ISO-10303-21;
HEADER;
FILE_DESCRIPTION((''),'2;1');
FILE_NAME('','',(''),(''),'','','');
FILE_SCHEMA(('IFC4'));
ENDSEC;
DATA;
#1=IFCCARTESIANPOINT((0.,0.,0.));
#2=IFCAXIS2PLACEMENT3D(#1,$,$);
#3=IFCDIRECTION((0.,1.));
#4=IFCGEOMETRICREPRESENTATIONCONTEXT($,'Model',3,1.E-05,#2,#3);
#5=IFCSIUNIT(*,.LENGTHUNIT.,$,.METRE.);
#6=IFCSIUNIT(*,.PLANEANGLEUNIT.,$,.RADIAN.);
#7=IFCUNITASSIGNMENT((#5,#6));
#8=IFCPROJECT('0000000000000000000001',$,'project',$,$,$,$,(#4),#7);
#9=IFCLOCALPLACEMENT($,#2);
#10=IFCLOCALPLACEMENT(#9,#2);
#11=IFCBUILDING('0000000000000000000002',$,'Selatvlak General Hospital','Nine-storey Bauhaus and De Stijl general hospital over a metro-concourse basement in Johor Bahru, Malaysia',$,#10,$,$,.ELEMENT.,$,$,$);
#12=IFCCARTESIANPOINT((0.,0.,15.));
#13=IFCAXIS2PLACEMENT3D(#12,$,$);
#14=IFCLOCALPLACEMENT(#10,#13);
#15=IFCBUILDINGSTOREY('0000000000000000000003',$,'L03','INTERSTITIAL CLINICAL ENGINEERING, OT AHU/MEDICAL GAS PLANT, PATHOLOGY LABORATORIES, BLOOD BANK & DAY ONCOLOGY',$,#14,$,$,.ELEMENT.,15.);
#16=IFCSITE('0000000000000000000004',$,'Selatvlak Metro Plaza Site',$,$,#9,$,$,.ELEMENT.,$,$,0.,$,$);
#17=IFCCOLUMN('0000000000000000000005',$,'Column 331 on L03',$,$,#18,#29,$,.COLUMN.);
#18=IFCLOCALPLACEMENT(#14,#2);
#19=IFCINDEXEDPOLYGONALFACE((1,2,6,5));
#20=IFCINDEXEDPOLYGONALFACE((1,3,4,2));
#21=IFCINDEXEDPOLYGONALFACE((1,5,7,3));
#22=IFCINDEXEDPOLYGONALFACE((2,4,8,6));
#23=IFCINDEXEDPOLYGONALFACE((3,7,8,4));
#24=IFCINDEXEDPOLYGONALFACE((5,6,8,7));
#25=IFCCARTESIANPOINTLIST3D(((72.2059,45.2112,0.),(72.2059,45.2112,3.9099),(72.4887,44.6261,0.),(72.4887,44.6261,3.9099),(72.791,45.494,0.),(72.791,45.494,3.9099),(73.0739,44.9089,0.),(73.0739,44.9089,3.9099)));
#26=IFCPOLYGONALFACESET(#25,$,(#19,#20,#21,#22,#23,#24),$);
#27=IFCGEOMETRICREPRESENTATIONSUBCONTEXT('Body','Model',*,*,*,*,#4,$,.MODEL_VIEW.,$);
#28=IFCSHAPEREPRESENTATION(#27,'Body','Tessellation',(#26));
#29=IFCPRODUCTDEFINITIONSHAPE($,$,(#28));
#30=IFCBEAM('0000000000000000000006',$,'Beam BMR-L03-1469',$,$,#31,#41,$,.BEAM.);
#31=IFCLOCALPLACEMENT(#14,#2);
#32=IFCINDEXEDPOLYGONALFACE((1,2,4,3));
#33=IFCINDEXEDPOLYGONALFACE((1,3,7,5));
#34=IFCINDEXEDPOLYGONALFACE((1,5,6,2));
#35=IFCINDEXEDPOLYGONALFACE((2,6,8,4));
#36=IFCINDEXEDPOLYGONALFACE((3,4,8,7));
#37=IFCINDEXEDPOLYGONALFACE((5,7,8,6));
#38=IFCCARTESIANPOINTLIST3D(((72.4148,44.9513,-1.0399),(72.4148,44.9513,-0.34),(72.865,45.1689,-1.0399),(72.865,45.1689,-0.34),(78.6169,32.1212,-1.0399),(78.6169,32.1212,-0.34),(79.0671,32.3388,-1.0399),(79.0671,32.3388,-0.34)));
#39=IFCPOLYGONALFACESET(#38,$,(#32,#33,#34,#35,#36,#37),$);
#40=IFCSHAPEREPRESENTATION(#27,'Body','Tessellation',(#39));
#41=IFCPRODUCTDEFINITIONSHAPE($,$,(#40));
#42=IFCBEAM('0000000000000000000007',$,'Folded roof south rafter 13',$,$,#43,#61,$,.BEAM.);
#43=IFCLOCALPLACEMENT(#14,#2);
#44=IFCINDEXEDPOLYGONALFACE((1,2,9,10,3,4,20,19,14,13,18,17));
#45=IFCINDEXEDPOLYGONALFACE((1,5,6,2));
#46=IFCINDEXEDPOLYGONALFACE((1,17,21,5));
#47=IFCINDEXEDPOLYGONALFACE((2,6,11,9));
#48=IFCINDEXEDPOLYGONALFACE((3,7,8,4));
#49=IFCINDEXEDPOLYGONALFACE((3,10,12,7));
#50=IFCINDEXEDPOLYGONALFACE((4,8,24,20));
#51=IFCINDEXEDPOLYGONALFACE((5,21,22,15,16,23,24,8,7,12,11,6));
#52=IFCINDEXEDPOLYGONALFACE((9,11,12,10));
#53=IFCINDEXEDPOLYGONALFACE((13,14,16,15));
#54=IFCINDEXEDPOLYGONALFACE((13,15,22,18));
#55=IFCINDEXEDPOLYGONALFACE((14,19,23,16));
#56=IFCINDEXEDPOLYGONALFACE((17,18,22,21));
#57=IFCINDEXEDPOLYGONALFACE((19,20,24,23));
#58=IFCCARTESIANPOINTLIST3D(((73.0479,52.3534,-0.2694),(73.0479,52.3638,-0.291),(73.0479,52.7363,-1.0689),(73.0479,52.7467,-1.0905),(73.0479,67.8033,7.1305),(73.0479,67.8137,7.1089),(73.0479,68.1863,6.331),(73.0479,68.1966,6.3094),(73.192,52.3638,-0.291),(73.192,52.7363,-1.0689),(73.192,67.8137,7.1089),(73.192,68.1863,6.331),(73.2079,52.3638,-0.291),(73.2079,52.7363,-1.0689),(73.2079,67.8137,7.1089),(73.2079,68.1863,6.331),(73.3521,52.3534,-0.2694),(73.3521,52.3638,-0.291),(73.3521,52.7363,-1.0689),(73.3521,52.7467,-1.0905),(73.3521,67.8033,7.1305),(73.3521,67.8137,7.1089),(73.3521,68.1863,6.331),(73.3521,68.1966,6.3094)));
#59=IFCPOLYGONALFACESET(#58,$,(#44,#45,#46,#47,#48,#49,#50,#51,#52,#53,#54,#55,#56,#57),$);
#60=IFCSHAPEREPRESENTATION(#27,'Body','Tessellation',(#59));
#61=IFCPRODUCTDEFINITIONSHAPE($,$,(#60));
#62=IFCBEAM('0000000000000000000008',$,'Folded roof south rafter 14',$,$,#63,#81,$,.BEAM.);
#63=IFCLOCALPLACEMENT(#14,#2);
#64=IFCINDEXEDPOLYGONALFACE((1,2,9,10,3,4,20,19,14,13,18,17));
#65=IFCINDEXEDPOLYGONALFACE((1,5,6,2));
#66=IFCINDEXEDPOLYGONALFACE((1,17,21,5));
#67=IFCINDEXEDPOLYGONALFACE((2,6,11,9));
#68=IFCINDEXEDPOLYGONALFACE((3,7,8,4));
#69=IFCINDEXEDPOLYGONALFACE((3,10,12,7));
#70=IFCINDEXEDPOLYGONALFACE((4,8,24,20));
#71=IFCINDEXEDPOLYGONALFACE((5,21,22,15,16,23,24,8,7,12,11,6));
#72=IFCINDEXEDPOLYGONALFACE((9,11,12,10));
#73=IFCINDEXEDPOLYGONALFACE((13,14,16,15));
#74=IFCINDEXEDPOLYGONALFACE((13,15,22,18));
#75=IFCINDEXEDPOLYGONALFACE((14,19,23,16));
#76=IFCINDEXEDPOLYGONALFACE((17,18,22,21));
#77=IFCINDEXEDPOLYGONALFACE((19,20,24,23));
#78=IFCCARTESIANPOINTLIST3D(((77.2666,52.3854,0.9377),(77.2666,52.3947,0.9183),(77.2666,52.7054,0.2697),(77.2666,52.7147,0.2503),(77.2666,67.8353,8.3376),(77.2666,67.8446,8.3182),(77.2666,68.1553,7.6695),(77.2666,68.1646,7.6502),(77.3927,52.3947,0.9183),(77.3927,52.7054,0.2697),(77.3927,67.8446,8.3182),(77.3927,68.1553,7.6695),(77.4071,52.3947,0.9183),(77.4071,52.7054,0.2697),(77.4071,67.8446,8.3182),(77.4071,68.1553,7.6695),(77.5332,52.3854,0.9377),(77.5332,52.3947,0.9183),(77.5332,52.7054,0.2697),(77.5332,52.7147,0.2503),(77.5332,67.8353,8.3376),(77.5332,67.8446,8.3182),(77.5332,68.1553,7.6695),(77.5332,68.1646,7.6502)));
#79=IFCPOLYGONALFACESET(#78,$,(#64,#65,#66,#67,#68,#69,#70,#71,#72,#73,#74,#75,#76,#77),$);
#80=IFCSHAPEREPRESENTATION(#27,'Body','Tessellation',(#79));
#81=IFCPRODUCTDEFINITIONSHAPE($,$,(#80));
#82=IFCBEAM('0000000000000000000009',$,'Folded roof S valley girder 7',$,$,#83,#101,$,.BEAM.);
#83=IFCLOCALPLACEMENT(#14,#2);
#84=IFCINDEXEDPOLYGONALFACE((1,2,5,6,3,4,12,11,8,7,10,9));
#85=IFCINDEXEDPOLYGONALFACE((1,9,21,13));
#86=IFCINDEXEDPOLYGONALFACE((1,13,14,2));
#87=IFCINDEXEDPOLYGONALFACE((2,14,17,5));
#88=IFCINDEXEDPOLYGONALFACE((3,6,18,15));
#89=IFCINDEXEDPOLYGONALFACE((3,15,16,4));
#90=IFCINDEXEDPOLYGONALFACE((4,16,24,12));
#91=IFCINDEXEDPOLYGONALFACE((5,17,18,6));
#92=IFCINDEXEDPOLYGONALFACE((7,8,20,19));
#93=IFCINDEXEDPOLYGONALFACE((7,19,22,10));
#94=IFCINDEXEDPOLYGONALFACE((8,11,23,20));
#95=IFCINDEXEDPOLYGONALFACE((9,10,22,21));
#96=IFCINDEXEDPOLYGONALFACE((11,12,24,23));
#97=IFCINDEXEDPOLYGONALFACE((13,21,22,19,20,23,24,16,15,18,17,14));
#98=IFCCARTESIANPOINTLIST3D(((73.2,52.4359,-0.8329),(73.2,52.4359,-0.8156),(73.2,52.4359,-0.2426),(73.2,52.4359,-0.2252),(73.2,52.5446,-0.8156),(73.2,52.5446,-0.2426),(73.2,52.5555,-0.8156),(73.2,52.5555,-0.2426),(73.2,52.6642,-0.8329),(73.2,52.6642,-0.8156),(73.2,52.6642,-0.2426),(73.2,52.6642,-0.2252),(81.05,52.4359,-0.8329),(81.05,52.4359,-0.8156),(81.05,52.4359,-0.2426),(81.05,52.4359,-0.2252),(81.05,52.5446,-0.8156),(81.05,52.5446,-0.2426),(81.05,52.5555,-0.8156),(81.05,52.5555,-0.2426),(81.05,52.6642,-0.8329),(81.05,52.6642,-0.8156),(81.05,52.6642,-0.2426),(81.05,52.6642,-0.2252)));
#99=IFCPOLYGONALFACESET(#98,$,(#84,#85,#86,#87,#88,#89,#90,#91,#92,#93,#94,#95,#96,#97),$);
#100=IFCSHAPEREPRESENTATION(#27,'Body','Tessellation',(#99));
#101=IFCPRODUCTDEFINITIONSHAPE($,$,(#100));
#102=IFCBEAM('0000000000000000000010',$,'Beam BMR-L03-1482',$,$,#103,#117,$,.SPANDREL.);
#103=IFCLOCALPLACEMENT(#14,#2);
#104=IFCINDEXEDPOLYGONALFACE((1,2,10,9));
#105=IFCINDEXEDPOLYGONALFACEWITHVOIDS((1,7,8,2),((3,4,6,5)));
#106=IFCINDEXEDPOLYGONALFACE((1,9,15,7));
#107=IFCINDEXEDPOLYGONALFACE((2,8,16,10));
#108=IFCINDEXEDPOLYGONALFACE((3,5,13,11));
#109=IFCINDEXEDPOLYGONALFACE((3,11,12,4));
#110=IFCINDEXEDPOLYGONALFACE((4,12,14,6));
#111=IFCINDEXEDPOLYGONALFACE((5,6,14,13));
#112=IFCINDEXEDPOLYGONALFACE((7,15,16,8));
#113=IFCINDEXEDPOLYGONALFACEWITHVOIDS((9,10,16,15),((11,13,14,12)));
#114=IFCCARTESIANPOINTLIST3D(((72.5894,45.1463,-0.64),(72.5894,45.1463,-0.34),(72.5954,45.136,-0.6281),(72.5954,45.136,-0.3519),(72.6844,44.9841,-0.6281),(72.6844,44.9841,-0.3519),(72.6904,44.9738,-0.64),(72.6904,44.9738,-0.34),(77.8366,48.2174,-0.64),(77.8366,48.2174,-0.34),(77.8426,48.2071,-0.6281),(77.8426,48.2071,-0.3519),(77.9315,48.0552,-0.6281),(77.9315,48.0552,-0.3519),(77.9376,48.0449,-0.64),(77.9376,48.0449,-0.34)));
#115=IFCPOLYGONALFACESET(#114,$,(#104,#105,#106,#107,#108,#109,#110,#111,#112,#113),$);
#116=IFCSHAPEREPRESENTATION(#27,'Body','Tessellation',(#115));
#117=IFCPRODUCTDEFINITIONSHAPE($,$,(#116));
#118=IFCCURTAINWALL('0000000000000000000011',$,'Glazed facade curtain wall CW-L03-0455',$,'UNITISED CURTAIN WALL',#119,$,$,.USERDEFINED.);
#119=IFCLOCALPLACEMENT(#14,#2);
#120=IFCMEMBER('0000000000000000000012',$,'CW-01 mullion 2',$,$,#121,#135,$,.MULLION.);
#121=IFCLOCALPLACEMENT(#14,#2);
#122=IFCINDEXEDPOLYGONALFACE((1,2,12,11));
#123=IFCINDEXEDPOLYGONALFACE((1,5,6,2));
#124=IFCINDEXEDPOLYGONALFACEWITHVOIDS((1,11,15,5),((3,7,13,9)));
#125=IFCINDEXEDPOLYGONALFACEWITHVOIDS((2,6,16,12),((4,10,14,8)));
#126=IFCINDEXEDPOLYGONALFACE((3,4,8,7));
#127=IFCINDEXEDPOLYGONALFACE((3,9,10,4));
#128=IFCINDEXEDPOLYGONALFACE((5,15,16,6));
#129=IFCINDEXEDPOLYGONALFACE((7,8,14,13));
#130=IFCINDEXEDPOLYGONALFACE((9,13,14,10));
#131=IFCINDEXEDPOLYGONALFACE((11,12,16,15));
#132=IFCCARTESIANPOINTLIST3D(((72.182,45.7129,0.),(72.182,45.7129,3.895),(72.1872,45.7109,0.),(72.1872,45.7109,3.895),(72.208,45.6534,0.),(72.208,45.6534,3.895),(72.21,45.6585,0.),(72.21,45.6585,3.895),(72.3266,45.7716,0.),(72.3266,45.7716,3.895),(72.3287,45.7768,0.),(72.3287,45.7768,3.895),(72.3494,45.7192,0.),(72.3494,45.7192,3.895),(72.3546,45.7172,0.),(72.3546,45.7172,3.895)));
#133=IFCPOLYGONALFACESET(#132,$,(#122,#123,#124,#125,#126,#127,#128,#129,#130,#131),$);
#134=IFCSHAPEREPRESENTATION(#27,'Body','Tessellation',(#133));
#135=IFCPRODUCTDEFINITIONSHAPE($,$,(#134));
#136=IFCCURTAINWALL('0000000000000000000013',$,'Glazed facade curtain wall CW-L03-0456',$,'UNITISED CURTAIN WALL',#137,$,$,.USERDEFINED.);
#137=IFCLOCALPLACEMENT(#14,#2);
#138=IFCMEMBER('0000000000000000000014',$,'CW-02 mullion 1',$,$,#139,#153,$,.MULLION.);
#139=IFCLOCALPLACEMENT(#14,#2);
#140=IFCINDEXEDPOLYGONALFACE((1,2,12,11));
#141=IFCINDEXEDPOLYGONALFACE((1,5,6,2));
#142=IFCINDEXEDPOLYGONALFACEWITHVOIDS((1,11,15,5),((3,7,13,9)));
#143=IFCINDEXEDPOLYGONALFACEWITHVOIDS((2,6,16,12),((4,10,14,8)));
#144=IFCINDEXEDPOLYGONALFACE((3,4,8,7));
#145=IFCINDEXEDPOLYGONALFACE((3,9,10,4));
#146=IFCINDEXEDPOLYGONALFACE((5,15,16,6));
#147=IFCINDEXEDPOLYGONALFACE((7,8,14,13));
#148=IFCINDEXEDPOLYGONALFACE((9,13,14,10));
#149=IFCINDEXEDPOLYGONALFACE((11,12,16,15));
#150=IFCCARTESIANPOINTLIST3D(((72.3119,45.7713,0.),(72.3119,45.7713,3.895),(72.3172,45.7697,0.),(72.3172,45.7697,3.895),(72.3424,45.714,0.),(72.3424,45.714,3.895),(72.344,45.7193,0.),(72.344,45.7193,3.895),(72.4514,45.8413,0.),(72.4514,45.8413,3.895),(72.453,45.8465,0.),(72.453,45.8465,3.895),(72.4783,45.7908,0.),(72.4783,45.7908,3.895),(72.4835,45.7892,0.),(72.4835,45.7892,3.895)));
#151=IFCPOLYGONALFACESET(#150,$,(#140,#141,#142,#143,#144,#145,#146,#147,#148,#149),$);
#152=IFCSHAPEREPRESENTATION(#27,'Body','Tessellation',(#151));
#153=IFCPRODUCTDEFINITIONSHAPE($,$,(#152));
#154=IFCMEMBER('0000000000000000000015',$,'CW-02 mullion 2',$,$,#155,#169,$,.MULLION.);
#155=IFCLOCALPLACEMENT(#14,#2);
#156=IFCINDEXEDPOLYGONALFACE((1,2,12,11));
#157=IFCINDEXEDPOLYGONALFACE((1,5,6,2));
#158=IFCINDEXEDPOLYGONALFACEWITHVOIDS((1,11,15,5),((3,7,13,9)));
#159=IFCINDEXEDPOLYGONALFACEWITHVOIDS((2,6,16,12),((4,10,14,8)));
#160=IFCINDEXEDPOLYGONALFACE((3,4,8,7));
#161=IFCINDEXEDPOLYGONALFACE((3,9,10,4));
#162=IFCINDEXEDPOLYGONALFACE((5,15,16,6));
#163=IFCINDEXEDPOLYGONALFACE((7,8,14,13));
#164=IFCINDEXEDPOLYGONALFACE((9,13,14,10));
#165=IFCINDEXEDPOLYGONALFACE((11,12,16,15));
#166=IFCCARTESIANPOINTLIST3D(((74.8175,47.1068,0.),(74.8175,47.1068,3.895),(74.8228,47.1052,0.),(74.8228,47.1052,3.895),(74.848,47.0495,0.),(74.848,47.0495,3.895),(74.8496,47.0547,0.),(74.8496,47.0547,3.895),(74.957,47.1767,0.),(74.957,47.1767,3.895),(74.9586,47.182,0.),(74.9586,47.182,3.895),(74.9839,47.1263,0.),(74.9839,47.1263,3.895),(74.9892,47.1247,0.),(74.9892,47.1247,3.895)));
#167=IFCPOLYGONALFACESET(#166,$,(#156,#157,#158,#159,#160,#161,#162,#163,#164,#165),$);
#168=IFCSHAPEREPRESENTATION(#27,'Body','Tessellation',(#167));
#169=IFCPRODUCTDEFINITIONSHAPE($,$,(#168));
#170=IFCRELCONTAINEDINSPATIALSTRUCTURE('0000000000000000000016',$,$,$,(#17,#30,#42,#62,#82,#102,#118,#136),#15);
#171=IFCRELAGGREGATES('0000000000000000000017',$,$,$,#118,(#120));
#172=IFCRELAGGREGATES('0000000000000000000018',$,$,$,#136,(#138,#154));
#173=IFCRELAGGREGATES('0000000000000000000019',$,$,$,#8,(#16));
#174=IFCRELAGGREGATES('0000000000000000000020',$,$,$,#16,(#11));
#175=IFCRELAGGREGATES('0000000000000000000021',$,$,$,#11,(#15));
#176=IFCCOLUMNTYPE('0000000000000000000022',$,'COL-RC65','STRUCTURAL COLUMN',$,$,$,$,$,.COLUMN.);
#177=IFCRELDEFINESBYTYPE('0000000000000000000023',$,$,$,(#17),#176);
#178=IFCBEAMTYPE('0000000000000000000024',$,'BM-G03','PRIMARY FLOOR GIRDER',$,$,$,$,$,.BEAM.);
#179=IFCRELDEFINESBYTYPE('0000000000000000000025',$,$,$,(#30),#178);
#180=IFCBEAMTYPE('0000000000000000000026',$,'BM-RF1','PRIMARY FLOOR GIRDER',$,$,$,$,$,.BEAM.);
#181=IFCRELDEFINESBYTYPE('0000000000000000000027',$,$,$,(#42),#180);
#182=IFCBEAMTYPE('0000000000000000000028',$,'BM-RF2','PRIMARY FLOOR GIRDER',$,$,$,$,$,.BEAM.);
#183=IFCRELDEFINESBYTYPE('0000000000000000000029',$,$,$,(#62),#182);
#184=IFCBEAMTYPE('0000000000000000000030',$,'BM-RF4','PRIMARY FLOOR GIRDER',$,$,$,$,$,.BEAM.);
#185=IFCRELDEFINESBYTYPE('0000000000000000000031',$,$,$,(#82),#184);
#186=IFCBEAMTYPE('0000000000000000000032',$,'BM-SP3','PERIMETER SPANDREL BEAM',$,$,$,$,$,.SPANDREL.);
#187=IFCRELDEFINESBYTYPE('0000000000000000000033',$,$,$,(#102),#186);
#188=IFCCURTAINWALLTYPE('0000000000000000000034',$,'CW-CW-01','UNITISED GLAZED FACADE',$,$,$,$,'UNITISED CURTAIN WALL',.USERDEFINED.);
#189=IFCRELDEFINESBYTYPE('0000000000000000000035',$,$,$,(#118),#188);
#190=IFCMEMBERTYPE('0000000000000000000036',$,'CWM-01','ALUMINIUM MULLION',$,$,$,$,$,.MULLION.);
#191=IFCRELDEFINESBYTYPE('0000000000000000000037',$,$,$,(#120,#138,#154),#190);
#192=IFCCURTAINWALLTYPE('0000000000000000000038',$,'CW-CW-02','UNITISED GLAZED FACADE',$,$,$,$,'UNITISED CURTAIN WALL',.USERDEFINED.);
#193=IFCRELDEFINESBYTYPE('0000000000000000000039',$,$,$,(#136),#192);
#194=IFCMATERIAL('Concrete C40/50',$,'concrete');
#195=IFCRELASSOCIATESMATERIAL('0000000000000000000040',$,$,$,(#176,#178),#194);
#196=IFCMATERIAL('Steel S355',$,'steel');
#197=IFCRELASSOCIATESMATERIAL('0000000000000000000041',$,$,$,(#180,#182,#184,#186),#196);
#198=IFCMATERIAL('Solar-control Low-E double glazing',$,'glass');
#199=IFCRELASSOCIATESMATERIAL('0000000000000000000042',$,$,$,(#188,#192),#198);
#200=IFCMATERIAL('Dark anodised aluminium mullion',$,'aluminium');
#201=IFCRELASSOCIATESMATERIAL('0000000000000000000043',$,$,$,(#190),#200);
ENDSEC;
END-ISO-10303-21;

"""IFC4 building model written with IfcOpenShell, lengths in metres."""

from ifc_helpers import new_model, si_unit, direction, frame, origin, origin_2d, place, context, subcontext, project, spatial, rectangle, hollow_rectangle, i_section, extrude, material, material_profile, profile_set, type_object, element, aggregate, save


model = new_model("IFC4")

# Units and contexts
model_context = context("Model", 3, precision=1e-05, world=origin(), true_north=direction((0.0, 1.0)))
body_context = subcontext(model_context, "Body", "Model", "MODEL_VIEW")
ifc_project = project(units=[si_unit("LENGTHUNIT", "METRE"), si_unit("PLANEANGLEUNIT", "RADIAN")], contexts=[model_context])

# Site, building, storey
site_placement = place(None, origin())
site = spatial("IfcSite", under=ifc_project, at=site_placement, Name="Selatvlak Metro Plaza Site", CompositionType="ELEMENT", RefElevation=0.0)
building_placement = place(site_placement, origin())
building = spatial("IfcBuilding", under=site, at=building_placement, Name="Selatvlak General Hospital", Description="Nine-storey Bauhaus and De Stijl general hospital over a metro-concourse basement in Johor Bahru, Malaysia", CompositionType="ELEMENT")
storey_placement = place(building_placement, frame((0.0, 0.0, 15.0)))
storey = spatial("IfcBuildingStorey", under=building, at=storey_placement, Name="L03", Description="INTERSTITIAL CLINICAL ENGINEERING, OT AHU/MEDICAL GAS PLANT, PATHOLOGY LABORATORIES, BLOOD BANK & DAY ONCOLOGY", CompositionType="ELEMENT", Elevation=15.0)

# Column
ifc_material_1 = material(Name="Concrete C40/50", Category="concrete")
ifc_material_profile_1 = material_profile(ifc_material_1, rectangle(XDim=0.6499, YDim=0.6499, at=origin_2d()), Name="RC-COL 650x650")
ifc_profile_set_1 = profile_set([ifc_material_profile_1], Name="Concrete C40/50")
column_type = type_object("IfcColumnType", Name="COL-RC65", Description="STRUCTURAL COLUMN", PredefinedType="COLUMN", material=ifc_profile_set_1)
column_placement = place(storey_placement, frame((72.6399, 45.0601, 0.0), z_axis=(0.0, 0.0, 1.0), x_axis=(-0.4352, 0.900334, 0.0)))
element("IfcColumn", 1, at=column_placement, inside=storey, type_object=column_type, Name="Column 331 on L03", PredefinedType="COLUMN", context=body_context, shape_type="SweptSolid", body=[
    extrude(rectangle(XDim=0.6499, YDim=0.6499, at=origin_2d()), origin(), (0.0, 0.0, 1.0), 3.9099),
])

# Beams
ifc_material_profile_2 = material_profile(ifc_material_1, rectangle(XDim=0.5, YDim=0.7, at=origin_2d()), Name="RC-BM 500x700")
ifc_profile_set_2 = profile_set([ifc_material_profile_2], Name="Concrete C40/50")
beam_type_1 = type_object("IfcBeamType", Name="BM-G03", Description="PRIMARY FLOOR GIRDER", PredefinedType="BEAM", material=ifc_profile_set_2)
beam_1_placement = place(storey_placement, frame((72.6399, 45.0601, -0.6899), z_axis=(0.435222, -0.900323, 0.0), x_axis=(0.900323, 0.435222, 0.0)))
element("IfcBeam", 2, at=beam_1_placement, inside=storey, type_object=beam_type_1, Name="Beam BMR-L03-1469", PredefinedType="BEAM", context=body_context, shape_type="SweptSolid", body=[
    extrude(rectangle(XDim=0.5, YDim=0.7, at=origin_2d()), origin(), (0.0, 0.0, 1.0), 14.2505),
])
ifc_material_2 = material(Name="Steel S355", Category="steel")
ifc_material_profile_3 = material_profile(ifc_material_2, i_section(OverallWidth=0.3042, OverallDepth=0.9104, WebThickness=0.0159, FlangeThickness=0.0239, at=origin_2d()), Name="UB 914x305x224")
ifc_profile_set_3 = profile_set([ifc_material_profile_3], Name="Steel S355")
beam_type_2 = type_object("IfcBeamType", Name="BM-RF1", Description="PRIMARY FLOOR GIRDER", PredefinedType="BEAM", material=ifc_profile_set_3)
beam_2_placement = place(storey_placement, frame((73.2, 52.55, -0.6799), z_axis=(0.0, 0.901889, 0.431968), x_axis=(-1.0, 0.0, 0.0)))
element("IfcBeam", 3, at=beam_2_placement, inside=storey, type_object=beam_type_2, Name="Folded roof south rafter 13", PredefinedType="BEAM", context=body_context, shape_type="SweptSolid", body=[
    extrude(i_section(OverallWidth=0.3042, OverallDepth=0.9104, WebThickness=0.0159, FlangeThickness=0.0239, at=origin_2d()), origin(), (0.0, 0.0, 1.0), 17.1306),
])
ifc_material_profile_4 = material_profile(ifc_material_2, i_section(OverallWidth=0.2666, OverallDepth=0.7622, WebThickness=0.0144, FlangeThickness=0.0215, at=origin_2d()), Name="UB 762x267x173")
ifc_profile_set_4 = profile_set([ifc_material_profile_4], Name="Steel S355")
beam_type_3 = type_object("IfcBeamType", Name="BM-RF2", Description="PRIMARY FLOOR GIRDER", PredefinedType="BEAM", material=ifc_profile_set_4)
beam_3_placement = place(storey_placement, frame((77.3999, 52.55, 0.594), z_axis=(0.0, 0.901889, 0.431968), x_axis=(-1.0, 0.0, 0.0)))
element("IfcBeam", 4, at=beam_3_placement, inside=storey, type_object=beam_type_3, Name="Folded roof south rafter 14", PredefinedType="BEAM", context=body_context, shape_type="SweptSolid", body=[
    extrude(i_section(OverallWidth=0.2666, OverallDepth=0.7622, WebThickness=0.0144, FlangeThickness=0.0215, at=origin_2d()), origin(), (0.0, 0.0, 1.0), 17.1306),
])
ifc_material_profile_5 = material_profile(ifc_material_2, i_section(OverallWidth=0.2283, OverallDepth=0.6077, WebThickness=0.011, FlangeThickness=0.0173, at=origin_2d()), Name="UB 610x229x113")
ifc_profile_set_5 = profile_set([ifc_material_profile_5], Name="Steel S355")
beam_type_4 = type_object("IfcBeamType", Name="BM-RF4", Description="PRIMARY FLOOR GIRDER", PredefinedType="BEAM", material=ifc_profile_set_5)
beam_4_placement = place(storey_placement, frame((73.2, 52.55, -0.5291), z_axis=(1.0, 0.0, 0.0), x_axis=(0.0, 1.0, 0.0)))
element("IfcBeam", 5, at=beam_4_placement, inside=storey, type_object=beam_type_4, Name="Folded roof S valley girder 7", PredefinedType="BEAM", context=body_context, shape_type="SweptSolid", body=[
    extrude(i_section(OverallWidth=0.2283, OverallDepth=0.6077, WebThickness=0.011, FlangeThickness=0.0173, at=origin_2d()), origin(), (0.0, 0.0, 1.0), 7.8501),
])
ifc_material_profile_6 = material_profile(ifc_material_2, hollow_rectangle(XDim=0.2, YDim=0.3, WallThickness=0.012, at=origin_2d()), Name="RHS 300x200x12")
ifc_profile_set_6 = profile_set([ifc_material_profile_6], Name="Steel S355")
beam_type_5 = type_object("IfcBeamType", Name="BM-SP3", Description="PERIMETER SPANDREL BEAM", PredefinedType="SPANDREL", material=ifc_profile_set_6)
beam_5_placement = place(storey_placement, frame((72.6399, 45.0601, -0.49), z_axis=(0.863044, 0.505129, 0.0), x_axis=(-0.505129, 0.863044, 0.0)))
element("IfcBeam", 6, at=beam_5_placement, inside=storey, type_object=beam_type_5, Name="Beam BMR-L03-1482", PredefinedType="SPANDREL", context=body_context, shape_type="SweptSolid", body=[
    extrude(hollow_rectangle(XDim=0.2, YDim=0.3, WallThickness=0.012, at=origin_2d()), origin(), (0.0, 0.0, 1.0), 6.0798),
])

# Curtain wall, member
ifc_material_3 = material(Name="Solar-control Low-E double glazing", Category="glass")
curtain_wall_type_1 = type_object("IfcCurtainWallType", Name="CW-CW-01", Description="UNITISED GLAZED FACADE", ElementType="UNITISED CURTAIN WALL", PredefinedType="USERDEFINED", material=ifc_material_3)
curtain_wall_1_placement = place(storey_placement, origin())
curtain_wall_1 = element("IfcCurtainWall", 7, at=curtain_wall_1_placement, inside=storey, type_object=curtain_wall_type_1, Name="Glazed facade curtain wall CW-L03-0455", ObjectType="UNITISED CURTAIN WALL", PredefinedType="USERDEFINED")
ifc_material_4 = material(Name="Dark anodised aluminium mullion", Category="aluminium")
ifc_material_profile_7 = material_profile(ifc_material_4, hollow_rectangle(XDim=0.0649, YDim=0.1599, WallThickness=0.0039, at=origin_2d()), Name="AL-MUL 65x160x4")
ifc_profile_set_7 = profile_set([ifc_material_profile_7], Name="Dark anodised aluminium mullion")
member_type_1 = type_object("IfcMemberType", Name="CWM-01", Description="ALUMINIUM MULLION", PredefinedType="MULLION", material=ifc_profile_set_7)
member_1_placement = place(storey_placement, frame((72.2683, 45.7151, 0.0), z_axis=(0.0, 0.0, 1.0), x_axis=(-0.399117, 0.9169, 0.0)))
member_1 = element("IfcMember", 8, at=member_1_placement, type_object=member_type_1, Name="CW-01 mullion 2", PredefinedType="MULLION", context=body_context, shape_type="SweptSolid", body=[
    extrude(hollow_rectangle(XDim=0.0649, YDim=0.1599, WallThickness=0.0039, at=origin_2d()), origin(), (0.0, 0.0, 1.0), 3.895),
])

# Curtain wall, members
curtain_wall_type_2 = type_object("IfcCurtainWallType", Name="CW-CW-02", Description="UNITISED GLAZED FACADE", ElementType="UNITISED CURTAIN WALL", PredefinedType="USERDEFINED", material=ifc_material_3)
curtain_wall_2_placement = place(storey_placement, origin())
curtain_wall_2 = element("IfcCurtainWall", 9, at=curtain_wall_2_placement, inside=storey, type_object=curtain_wall_type_2, Name="Glazed facade curtain wall CW-L03-0456", ObjectType="UNITISED CURTAIN WALL", PredefinedType="USERDEFINED")
member_2_placement = place(storey_placement, frame((72.3977, 45.7803, 0.0), z_axis=(0.0, 0.0, 1.0), x_axis=(-0.470338, 0.882486, 0.0)))
member_2 = element("IfcMember", 10, at=member_2_placement, type_object=member_type_1, Name="CW-02 mullion 1", PredefinedType="MULLION", context=body_context, shape_type="SweptSolid", body=[
    extrude(hollow_rectangle(XDim=0.0649, YDim=0.1599, WallThickness=0.0039, at=origin_2d()), origin(), (0.0, 0.0, 1.0), 3.895),
])
member_3_placement = place(storey_placement, frame((74.9033, 47.1157, 0.0), z_axis=(0.0, 0.0, 1.0), x_axis=(-0.470338, 0.882486, 0.0)))
member_3 = element("IfcMember", 11, at=member_3_placement, type_object=member_type_1, Name="CW-02 mullion 2", PredefinedType="MULLION", context=body_context, shape_type="SweptSolid", body=[
    extrude(hollow_rectangle(XDim=0.0649, YDim=0.1599, WallThickness=0.0039, at=origin_2d()), origin(), (0.0, 0.0, 1.0), 3.895),
])

aggregate(curtain_wall_1, [member_1])
aggregate(curtain_wall_2, [member_2, member_3])

save(model, "model.ifc")
